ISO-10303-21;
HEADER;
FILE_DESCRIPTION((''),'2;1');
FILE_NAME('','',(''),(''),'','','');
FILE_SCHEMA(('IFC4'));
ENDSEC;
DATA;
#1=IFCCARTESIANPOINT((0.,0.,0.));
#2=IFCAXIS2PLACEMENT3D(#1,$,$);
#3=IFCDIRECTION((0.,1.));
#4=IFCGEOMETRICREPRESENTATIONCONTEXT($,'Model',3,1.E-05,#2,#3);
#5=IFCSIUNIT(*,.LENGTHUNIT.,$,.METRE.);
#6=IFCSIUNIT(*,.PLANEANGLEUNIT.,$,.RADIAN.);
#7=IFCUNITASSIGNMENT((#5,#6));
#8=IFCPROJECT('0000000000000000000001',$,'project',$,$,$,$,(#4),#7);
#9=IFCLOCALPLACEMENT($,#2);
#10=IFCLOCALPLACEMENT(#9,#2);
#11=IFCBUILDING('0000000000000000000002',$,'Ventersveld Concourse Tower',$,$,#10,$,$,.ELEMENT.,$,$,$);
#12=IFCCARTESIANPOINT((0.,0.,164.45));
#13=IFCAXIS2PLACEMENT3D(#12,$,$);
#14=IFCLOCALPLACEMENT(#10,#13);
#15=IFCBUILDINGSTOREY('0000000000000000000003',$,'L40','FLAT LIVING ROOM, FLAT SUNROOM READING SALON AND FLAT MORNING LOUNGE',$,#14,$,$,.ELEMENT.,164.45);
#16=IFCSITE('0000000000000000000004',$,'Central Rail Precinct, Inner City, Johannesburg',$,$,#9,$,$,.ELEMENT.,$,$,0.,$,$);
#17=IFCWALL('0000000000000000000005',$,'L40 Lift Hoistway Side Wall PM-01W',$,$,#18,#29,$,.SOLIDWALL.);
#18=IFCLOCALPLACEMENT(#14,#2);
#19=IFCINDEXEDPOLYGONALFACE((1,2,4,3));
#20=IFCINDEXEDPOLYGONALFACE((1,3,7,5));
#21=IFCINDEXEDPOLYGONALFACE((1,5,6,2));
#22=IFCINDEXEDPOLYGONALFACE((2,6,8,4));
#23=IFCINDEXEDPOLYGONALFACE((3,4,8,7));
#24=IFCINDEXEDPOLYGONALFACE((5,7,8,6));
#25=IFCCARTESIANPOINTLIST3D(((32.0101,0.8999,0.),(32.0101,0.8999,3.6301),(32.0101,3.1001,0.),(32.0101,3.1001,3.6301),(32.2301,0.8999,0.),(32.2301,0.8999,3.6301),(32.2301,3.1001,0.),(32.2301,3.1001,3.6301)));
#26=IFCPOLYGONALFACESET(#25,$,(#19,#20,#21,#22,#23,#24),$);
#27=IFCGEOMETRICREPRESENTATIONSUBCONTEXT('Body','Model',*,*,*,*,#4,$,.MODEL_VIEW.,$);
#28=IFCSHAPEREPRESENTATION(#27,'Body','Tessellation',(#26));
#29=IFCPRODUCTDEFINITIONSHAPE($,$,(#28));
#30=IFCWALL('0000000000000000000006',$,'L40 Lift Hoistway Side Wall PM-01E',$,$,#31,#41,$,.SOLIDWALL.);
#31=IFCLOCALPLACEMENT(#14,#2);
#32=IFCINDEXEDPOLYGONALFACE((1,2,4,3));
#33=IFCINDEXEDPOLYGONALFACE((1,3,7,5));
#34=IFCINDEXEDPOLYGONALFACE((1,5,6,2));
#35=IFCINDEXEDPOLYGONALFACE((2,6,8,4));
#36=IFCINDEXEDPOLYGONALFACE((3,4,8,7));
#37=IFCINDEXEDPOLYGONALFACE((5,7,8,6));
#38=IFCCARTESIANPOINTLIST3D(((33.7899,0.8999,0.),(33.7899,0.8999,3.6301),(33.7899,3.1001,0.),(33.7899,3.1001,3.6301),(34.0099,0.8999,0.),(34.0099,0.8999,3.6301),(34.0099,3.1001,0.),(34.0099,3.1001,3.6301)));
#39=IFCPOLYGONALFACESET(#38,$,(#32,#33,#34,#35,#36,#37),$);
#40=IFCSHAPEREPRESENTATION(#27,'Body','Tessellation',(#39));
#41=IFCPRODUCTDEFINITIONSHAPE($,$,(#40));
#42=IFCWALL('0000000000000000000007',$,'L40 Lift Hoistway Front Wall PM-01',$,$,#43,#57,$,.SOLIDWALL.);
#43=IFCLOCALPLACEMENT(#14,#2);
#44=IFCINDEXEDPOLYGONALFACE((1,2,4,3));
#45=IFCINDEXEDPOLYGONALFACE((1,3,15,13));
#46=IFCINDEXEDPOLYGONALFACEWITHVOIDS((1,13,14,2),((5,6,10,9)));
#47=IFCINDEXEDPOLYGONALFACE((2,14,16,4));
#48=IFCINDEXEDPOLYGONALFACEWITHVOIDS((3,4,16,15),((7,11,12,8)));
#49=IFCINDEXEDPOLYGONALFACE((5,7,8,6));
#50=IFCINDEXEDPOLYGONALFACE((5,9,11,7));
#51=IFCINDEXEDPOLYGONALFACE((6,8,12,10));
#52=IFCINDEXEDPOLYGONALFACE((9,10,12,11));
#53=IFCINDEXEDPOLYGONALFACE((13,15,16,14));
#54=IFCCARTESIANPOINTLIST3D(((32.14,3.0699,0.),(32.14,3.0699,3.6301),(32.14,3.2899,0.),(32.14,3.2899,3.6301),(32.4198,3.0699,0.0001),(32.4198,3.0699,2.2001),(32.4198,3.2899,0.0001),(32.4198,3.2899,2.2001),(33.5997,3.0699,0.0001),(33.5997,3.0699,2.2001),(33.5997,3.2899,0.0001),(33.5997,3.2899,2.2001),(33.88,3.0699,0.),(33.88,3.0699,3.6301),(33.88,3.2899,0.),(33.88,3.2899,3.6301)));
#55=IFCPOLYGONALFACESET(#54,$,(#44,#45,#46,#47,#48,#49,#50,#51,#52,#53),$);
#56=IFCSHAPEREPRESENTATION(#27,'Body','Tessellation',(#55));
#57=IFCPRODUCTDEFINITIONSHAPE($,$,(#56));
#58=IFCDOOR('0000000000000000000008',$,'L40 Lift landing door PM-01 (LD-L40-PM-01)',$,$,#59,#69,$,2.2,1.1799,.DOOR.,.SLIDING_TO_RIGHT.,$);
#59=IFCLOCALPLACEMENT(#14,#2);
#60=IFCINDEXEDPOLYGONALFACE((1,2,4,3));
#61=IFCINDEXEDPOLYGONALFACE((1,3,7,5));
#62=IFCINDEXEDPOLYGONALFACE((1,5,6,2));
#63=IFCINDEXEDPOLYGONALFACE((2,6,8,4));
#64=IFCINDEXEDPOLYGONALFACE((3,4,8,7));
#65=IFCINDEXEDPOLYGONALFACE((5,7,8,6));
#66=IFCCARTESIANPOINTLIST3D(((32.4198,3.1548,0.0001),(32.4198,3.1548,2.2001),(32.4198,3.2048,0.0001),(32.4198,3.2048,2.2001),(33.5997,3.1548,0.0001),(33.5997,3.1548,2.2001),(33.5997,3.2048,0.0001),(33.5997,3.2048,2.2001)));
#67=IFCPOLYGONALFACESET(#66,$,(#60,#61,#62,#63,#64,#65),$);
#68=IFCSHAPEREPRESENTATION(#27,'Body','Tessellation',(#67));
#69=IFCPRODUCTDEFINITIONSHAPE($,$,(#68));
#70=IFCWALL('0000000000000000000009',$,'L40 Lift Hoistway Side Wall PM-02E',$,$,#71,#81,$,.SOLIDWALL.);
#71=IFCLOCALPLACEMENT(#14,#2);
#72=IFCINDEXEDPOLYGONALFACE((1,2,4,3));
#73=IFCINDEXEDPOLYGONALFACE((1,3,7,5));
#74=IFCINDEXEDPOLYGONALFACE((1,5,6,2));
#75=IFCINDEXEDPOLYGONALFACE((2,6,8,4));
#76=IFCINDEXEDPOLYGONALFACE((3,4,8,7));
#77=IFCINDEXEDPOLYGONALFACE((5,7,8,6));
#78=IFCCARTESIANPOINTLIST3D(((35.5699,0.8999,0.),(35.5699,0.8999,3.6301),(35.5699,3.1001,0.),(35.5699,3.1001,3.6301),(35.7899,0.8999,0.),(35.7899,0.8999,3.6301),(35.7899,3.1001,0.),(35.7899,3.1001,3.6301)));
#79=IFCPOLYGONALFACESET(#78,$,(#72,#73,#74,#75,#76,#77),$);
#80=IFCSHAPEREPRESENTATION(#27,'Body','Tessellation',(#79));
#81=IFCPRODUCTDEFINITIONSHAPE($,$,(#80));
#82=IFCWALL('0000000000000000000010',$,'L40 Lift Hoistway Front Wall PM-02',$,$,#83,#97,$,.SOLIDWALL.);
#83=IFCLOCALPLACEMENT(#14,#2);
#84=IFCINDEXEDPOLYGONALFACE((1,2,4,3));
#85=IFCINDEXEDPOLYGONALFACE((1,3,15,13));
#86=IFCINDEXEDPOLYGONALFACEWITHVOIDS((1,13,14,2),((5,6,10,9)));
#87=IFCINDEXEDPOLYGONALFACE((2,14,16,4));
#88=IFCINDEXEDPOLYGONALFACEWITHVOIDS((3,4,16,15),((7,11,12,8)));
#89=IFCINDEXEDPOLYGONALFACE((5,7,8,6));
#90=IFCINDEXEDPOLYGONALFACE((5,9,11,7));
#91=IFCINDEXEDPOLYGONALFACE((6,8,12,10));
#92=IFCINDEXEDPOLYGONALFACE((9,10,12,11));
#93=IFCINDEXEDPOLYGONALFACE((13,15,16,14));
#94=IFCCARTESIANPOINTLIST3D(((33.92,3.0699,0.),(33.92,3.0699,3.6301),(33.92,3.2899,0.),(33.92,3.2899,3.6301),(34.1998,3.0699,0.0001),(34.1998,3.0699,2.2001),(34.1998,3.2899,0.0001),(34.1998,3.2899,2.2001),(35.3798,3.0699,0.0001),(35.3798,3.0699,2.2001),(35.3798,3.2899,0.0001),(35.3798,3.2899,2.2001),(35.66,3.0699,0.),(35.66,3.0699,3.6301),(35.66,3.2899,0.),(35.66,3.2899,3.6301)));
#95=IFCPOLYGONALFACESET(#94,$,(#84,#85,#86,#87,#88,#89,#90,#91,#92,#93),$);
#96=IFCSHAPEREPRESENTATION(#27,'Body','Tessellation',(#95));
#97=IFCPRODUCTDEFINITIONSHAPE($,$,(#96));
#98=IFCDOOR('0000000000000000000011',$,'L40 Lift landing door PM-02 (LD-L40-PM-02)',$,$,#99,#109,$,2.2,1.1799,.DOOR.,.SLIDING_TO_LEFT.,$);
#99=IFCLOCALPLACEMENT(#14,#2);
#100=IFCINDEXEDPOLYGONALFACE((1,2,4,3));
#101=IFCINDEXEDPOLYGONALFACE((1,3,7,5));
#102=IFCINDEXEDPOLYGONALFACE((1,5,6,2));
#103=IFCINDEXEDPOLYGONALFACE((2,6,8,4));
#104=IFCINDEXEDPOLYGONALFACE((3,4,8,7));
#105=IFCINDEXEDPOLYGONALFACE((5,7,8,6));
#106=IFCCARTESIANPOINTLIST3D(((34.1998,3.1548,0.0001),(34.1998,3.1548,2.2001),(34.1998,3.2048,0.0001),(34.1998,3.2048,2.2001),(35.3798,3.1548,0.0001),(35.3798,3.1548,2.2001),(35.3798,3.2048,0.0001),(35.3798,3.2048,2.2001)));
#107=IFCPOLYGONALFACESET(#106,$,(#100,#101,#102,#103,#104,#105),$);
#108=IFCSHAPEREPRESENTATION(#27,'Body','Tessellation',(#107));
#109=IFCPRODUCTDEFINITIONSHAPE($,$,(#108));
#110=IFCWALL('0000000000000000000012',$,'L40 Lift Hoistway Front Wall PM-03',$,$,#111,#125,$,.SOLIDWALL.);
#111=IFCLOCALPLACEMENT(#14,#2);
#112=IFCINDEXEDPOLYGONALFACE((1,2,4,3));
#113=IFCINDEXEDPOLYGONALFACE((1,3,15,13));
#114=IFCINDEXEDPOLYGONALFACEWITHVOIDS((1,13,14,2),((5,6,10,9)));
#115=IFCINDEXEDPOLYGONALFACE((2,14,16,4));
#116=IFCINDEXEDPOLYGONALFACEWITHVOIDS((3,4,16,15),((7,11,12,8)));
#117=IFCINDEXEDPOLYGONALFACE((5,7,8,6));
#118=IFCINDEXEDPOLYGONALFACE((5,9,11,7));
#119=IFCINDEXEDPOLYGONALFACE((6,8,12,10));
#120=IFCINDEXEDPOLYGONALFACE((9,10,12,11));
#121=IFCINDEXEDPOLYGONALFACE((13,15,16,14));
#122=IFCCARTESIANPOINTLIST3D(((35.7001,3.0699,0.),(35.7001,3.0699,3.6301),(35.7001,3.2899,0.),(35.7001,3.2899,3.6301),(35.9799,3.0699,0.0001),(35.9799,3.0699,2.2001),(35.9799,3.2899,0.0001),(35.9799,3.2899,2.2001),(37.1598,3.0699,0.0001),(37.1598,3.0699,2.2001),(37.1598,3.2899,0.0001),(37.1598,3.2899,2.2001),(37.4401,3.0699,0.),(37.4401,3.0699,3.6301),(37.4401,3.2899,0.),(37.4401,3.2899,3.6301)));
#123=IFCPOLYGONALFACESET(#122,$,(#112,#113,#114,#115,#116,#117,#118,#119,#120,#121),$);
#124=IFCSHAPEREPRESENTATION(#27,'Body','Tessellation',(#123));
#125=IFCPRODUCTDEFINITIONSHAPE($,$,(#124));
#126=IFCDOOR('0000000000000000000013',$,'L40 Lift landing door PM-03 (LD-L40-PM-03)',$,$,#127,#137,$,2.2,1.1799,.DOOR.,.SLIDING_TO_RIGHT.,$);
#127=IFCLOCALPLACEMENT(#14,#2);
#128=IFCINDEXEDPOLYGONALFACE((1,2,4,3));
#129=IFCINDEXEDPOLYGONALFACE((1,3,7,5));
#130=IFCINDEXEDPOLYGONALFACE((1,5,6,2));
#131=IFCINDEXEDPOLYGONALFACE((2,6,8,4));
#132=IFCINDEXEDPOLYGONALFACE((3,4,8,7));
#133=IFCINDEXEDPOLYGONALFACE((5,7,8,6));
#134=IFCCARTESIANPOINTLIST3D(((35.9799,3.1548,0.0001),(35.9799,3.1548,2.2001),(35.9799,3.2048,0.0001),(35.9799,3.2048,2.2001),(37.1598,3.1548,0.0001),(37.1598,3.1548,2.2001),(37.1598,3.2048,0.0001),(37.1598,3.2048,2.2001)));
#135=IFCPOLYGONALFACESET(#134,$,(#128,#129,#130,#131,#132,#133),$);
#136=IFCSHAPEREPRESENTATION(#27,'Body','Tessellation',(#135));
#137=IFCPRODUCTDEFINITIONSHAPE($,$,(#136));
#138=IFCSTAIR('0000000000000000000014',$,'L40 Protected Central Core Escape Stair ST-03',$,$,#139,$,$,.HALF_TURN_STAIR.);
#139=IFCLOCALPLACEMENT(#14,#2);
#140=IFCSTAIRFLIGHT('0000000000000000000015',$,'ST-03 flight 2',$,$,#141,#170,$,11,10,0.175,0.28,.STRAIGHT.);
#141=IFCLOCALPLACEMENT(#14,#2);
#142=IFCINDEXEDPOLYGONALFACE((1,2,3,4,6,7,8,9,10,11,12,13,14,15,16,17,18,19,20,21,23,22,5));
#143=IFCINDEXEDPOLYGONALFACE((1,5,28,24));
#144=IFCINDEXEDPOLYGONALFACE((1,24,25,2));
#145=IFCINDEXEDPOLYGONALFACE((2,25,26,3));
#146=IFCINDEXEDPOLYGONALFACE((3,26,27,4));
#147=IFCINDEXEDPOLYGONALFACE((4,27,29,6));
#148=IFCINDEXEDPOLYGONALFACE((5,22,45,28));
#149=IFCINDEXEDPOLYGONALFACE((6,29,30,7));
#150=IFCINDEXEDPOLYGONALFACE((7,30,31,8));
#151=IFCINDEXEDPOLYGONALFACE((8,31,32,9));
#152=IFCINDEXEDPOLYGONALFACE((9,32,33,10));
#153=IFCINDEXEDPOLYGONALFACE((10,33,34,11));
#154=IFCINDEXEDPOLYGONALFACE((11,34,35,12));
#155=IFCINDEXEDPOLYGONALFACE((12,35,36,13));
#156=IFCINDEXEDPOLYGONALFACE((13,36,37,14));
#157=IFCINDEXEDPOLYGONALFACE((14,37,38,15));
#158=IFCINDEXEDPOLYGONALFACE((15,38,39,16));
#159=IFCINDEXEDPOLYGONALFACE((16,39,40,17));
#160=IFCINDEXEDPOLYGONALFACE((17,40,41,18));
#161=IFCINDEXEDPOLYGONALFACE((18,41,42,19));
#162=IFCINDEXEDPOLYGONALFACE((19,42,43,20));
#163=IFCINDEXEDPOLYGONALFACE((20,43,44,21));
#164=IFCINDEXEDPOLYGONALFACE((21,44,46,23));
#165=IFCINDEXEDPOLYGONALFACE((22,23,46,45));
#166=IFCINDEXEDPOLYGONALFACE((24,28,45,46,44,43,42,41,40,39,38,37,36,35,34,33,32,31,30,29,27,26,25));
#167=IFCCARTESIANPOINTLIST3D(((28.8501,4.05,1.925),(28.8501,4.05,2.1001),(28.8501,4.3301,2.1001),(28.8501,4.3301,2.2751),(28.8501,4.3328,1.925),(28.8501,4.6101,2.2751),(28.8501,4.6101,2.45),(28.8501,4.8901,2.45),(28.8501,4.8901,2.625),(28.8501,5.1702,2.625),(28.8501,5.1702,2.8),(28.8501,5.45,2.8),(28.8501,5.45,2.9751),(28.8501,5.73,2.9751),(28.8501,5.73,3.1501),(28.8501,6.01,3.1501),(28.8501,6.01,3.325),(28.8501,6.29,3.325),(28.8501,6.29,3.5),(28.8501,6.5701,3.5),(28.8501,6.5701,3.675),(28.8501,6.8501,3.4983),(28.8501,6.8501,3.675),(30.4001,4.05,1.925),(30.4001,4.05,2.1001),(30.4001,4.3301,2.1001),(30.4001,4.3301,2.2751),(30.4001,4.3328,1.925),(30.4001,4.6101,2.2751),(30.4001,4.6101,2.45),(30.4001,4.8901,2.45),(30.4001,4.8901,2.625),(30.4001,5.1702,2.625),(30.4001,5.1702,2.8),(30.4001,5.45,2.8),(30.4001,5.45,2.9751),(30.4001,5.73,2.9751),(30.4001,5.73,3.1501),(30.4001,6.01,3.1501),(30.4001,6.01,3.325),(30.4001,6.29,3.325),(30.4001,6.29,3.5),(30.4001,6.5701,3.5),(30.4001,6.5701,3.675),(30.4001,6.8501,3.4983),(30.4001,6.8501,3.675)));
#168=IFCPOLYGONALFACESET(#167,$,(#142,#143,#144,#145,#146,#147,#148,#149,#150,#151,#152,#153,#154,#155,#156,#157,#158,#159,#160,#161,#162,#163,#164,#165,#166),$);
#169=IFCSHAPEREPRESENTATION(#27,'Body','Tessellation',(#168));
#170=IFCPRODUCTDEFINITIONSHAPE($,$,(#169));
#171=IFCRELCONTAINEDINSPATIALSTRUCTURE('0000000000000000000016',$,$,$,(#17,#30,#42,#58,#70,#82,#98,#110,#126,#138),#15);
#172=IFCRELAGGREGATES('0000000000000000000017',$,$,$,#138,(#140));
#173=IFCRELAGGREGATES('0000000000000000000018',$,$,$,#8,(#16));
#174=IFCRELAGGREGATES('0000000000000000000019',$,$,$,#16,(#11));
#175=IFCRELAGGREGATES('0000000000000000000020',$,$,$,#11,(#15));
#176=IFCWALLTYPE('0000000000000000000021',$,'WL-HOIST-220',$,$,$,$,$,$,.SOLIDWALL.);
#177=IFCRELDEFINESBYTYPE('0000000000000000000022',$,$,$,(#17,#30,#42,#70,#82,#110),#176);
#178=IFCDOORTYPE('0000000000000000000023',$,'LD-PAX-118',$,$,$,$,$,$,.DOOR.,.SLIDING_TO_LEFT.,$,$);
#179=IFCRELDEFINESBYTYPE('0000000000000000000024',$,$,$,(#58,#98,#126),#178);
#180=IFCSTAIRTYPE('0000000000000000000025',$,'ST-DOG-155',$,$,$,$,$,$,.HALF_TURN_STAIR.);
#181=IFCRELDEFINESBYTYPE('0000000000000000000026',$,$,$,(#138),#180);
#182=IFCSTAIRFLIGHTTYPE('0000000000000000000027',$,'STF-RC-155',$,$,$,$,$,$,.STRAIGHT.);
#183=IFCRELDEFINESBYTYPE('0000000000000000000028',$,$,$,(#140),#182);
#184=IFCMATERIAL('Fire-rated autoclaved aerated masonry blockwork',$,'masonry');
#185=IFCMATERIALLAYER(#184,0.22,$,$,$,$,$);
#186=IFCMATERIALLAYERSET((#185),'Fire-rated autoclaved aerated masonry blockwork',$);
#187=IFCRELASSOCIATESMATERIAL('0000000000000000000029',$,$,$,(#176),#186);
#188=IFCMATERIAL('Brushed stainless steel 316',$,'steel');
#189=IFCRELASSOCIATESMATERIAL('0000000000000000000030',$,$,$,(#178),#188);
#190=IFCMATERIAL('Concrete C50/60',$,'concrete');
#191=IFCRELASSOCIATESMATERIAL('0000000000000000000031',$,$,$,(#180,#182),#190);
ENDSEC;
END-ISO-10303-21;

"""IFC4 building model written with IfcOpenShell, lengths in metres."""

from ifc_helpers import new_model, si_unit, direction, frame, frame_2d, origin, place, context, subcontext, project, spatial, polyline, rectangle, outline, extrude, material, layer, layer_set, type_object, element, fill, aggregate, save


model = new_model("IFC4")

# Units and contexts
model_context = context("Model", 3, precision=1e-05, world=origin(), true_north=direction((0.0, 1.0)))
body_context = subcontext(model_context, "Body", "Model", "MODEL_VIEW")
ifc_project = project(units=[si_unit("LENGTHUNIT", "METRE"), si_unit("PLANEANGLEUNIT", "RADIAN")], contexts=[model_context])

# Site, building, storey
site_placement = place(None, origin())
site = spatial("IfcSite", under=ifc_project, at=site_placement, Name="Central Rail Precinct, Inner City, Johannesburg", CompositionType="ELEMENT", RefElevation=0.0)
building_placement = place(site_placement, origin())
building = spatial("IfcBuilding", under=site, at=building_placement, Name="Ventersveld Concourse Tower", CompositionType="ELEMENT")
storey_placement = place(building_placement, frame((0.0, 0.0, 164.45)))
storey = spatial("IfcBuildingStorey", under=building, at=storey_placement, Name="L40", Description="FLAT LIVING ROOM, FLAT SUNROOM READING SALON AND FLAT MORNING LOUNGE", CompositionType="ELEMENT", Elevation=164.45)

# Shared definitions
ifc_material_1 = material(Name="Concrete C50/60", Category="concrete")

# Walls
ifc_material_2 = material(Name="Fire-rated autoclaved aerated masonry blockwork", Category="masonry")
ifc_layer_1 = layer(ifc_material_2, 0.22)
ifc_layer_set_1 = layer_set([ifc_layer_1], Name="Fire-rated autoclaved aerated masonry blockwork")
wall_type_1 = type_object("IfcWallType", Name="WL-HOIST-220", PredefinedType="SOLIDWALL", material=ifc_layer_set_1)
for number, where, z_axis, x_axis, name in (
    (1, (32.1201, 0.8999, 0.0), (0.0, 0.0, 1.0), (0.0, 1.0, 0.0), "L40 Lift Hoistway Side Wall PM-01W"),
    (2, (33.8999, 0.8999, 0.0), (0.0, 0.0, 1.0), (0.0, 1.0, 0.0), "L40 Lift Hoistway Side Wall PM-01E"),
):
    element("IfcWall", number, at=place(storey_placement, frame(where, z_axis=z_axis, x_axis=x_axis)), inside=storey, type_object=wall_type_1, Name=name, PredefinedType="SOLIDWALL", context=body_context, shape_type="SweptSolid", body=[
        extrude(rectangle(XDim=2.2002, YDim=0.22, at=frame_2d((1.1001, 0.0))), origin(), (0.0, 0.0, 1.0), 3.6301),
    ])

# Wall, opening, door
wall_1_placement = place(storey_placement, frame((32.1399, 3.1799, 0.0), z_axis=(0.0, 0.0, 1.0), x_axis=(1.0, 0.0, 0.0)))
wall_1 = element("IfcWall", 3, at=wall_1_placement, inside=storey, type_object=wall_type_1, Name="L40 Lift Hoistway Front Wall PM-01", PredefinedType="SOLIDWALL", context=body_context, shape_type="SweptSolid", body=[
    extrude(rectangle(XDim=1.74, YDim=0.22, at=frame_2d((0.8701, 0.0))), origin(), (0.0, 0.0, 1.0), 3.6301),
])
opening_1_placement = place(wall_1_placement, frame((0.28, 0.0, 0.0)))
opening_1 = element("IfcOpeningElement", 4, at=opening_1_placement, cuts=wall_1, PredefinedType="OPENING", context=body_context, shape_type="SweptSolid", body=[
    extrude(rectangle(XDim=1.1799, YDim=2.2, at=frame_2d((0.5898, 1.1001))), frame((0.0, 0.1201, 0.0), z_axis=(0.0, -1.0, 0.0), x_axis=(1.0, 0.0, 0.0)), (0.0, 0.0, 1.0), 0.24),
])
ifc_material_3 = material(Name="Brushed stainless steel 316", Category="steel")
door_type = type_object("IfcDoorType", Name="LD-PAX-118", OperationType="SLIDING_TO_LEFT", PredefinedType="DOOR", material=ifc_material_3)
door_1_placement = place(opening_1_placement, origin())
door_1 = element("IfcDoor", 5, at=door_1_placement, inside=storey, type_object=door_type, Name="L40 Lift landing door PM-01 (LD-L40-PM-01)", OperationType="SLIDING_TO_RIGHT", OverallHeight=2.2, OverallWidth=1.1799, PredefinedType="DOOR", context=body_context, shape_type="SweptSolid", body=[
    extrude(rectangle(XDim=1.1799, YDim=2.2, at=frame_2d((0.5898, 1.1001))), frame((0.0, 0.0249, 0.0), z_axis=(0.0, -1.0, 0.0), x_axis=(1.0, 0.0, 0.0)), (0.0, 0.0, 1.0), 0.05),
])
fill(opening_1, door_1)

# Wall
wall_2_placement = place(storey_placement, frame((35.6799, 0.8999, 0.0), z_axis=(0.0, 0.0, 1.0), x_axis=(0.0, 1.0, 0.0)))
element("IfcWall", 6, at=wall_2_placement, inside=storey, type_object=wall_type_1, Name="L40 Lift Hoistway Side Wall PM-02E", PredefinedType="SOLIDWALL", context=body_context, shape_type="SweptSolid", body=[
    extrude(rectangle(XDim=2.2002, YDim=0.22, at=frame_2d((1.1001, 0.0))), origin(), (0.0, 0.0, 1.0), 3.6301),
])

# Walls, openings, doors
wall_3_placement = place(storey_placement, frame((33.9199, 3.1799, 0.0), z_axis=(0.0, 0.0, 1.0), x_axis=(1.0, 0.0, 0.0)))
wall_3 = element("IfcWall", 7, at=wall_3_placement, inside=storey, type_object=wall_type_1, Name="L40 Lift Hoistway Front Wall PM-02", PredefinedType="SOLIDWALL", context=body_context, shape_type="SweptSolid", body=[
    extrude(rectangle(XDim=1.74, YDim=0.22, at=frame_2d((0.8701, 0.0))), origin(), (0.0, 0.0, 1.0), 3.6301),
])
opening_2_placement = place(wall_3_placement, frame((0.28, 0.0, 0.0)))
opening_2 = element("IfcOpeningElement", 8, at=opening_2_placement, cuts=wall_3, PredefinedType="OPENING", context=body_context, shape_type="SweptSolid", body=[
    extrude(rectangle(XDim=1.1799, YDim=2.2, at=frame_2d((0.5898, 1.1001))), frame((0.0, 0.1201, 0.0), z_axis=(0.0, -1.0, 0.0), x_axis=(1.0, 0.0, 0.0)), (0.0, 0.0, 1.0), 0.24),
])
door_2_placement = place(opening_2_placement, origin())
door_2 = element("IfcDoor", 9, at=door_2_placement, inside=storey, type_object=door_type, Name="L40 Lift landing door PM-02 (LD-L40-PM-02)", OperationType="SLIDING_TO_LEFT", OverallHeight=2.2, OverallWidth=1.1799, PredefinedType="DOOR", context=body_context, shape_type="SweptSolid", body=[
    extrude(rectangle(XDim=1.1799, YDim=2.2, at=frame_2d((0.5898, 1.1001))), frame((0.0, 0.0249, 0.0), z_axis=(0.0, -1.0, 0.0), x_axis=(1.0, 0.0, 0.0)), (0.0, 0.0, 1.0), 0.05),
])
fill(opening_2, door_2)
wall_4_placement = place(storey_placement, frame((35.7, 3.1799, 0.0), z_axis=(0.0, 0.0, 1.0), x_axis=(1.0, 0.0, 0.0)))
wall_4 = element("IfcWall", 10, at=wall_4_placement, inside=storey, type_object=wall_type_1, Name="L40 Lift Hoistway Front Wall PM-03", PredefinedType="SOLIDWALL", context=body_context, shape_type="SweptSolid", body=[
    extrude(rectangle(XDim=1.74, YDim=0.22, at=frame_2d((0.8701, 0.0))), origin(), (0.0, 0.0, 1.0), 3.6301),
])
opening_3_placement = place(wall_4_placement, frame((0.28, 0.0, 0.0)))
opening_3 = element("IfcOpeningElement", 11, at=opening_3_placement, cuts=wall_4, PredefinedType="OPENING", context=body_context, shape_type="SweptSolid", body=[
    extrude(rectangle(XDim=1.1799, YDim=2.2, at=frame_2d((0.5898, 1.1001))), frame((0.0, 0.1201, 0.0), z_axis=(0.0, -1.0, 0.0), x_axis=(1.0, 0.0, 0.0)), (0.0, 0.0, 1.0), 0.24),
])
door_3_placement = place(opening_3_placement, origin())
door_3 = element("IfcDoor", 12, at=door_3_placement, inside=storey, type_object=door_type, Name="L40 Lift landing door PM-03 (LD-L40-PM-03)", OperationType="SLIDING_TO_RIGHT", OverallHeight=2.2, OverallWidth=1.1799, PredefinedType="DOOR", context=body_context, shape_type="SweptSolid", body=[
    extrude(rectangle(XDim=1.1799, YDim=2.2, at=frame_2d((0.5898, 1.1001))), frame((0.0, 0.0249, 0.0), z_axis=(0.0, -1.0, 0.0), x_axis=(1.0, 0.0, 0.0)), (0.0, 0.0, 1.0), 0.05),
])
fill(opening_3, door_3)

# Stair, stair flight
stair_type = type_object("IfcStairType", Name="ST-DOG-155", PredefinedType="HALF_TURN_STAIR", material=ifc_material_1)
stair_placement = place(storey_placement, origin())
stair = element("IfcStair", 13, at=stair_placement, inside=storey, type_object=stair_type, Name="L40 Protected Central Core Escape Stair ST-03", PredefinedType="HALF_TURN_STAIR")
stair_flight_type = type_object("IfcStairFlightType", Name="STF-RC-155", PredefinedType="STRAIGHT", material=ifc_material_1)
stair_flight_placement = place(storey_placement, frame((29.625, 4.05, 1.925), z_axis=(0.0, 0.0, 1.0), x_axis=(0.0, 1.0, 0.0)))
stair_flight = element("IfcStairFlight", 14, at=stair_flight_placement, type_object=stair_flight_type, Name="ST-03 flight 2", NumberOfRisers=11, NumberOfTreads=10, PredefinedType="STRAIGHT", RiserHeight=0.175, TreadLength=0.28, context=body_context, shape_type="SweptSolid", body=[
    extrude(outline(polyline([(0.0, 0.0), (0.0, 0.175), (0.28, 0.175), (0.28, 0.3501), (0.5601, 0.3501), (0.5601, 0.5249), (0.8401, 0.5249), (0.8401, 0.7), (1.1201, 0.7), (1.1201, 0.875), (1.3999, 0.875), (1.3999, 1.05), (1.6799, 1.05), (1.6799, 1.2251), (1.96, 1.2251), (1.96, 1.3999), (2.24, 1.3999), (2.24, 1.575), (2.52, 1.575), (2.52, 1.75), (2.8, 1.75), (2.8, 1.925), (2.8, 1.5732), (0.2827, 0.0), (0.0, 0.0)])), frame((0.0, 0.7749, 0.0), z_axis=(0.0, -1.0, 0.0), x_axis=(1.0, 0.0, 0.0)), (0.0, 0.0, 1.0), 1.55),
])
aggregate(stair, [stair_flight])

save(model, "model.ifc")
